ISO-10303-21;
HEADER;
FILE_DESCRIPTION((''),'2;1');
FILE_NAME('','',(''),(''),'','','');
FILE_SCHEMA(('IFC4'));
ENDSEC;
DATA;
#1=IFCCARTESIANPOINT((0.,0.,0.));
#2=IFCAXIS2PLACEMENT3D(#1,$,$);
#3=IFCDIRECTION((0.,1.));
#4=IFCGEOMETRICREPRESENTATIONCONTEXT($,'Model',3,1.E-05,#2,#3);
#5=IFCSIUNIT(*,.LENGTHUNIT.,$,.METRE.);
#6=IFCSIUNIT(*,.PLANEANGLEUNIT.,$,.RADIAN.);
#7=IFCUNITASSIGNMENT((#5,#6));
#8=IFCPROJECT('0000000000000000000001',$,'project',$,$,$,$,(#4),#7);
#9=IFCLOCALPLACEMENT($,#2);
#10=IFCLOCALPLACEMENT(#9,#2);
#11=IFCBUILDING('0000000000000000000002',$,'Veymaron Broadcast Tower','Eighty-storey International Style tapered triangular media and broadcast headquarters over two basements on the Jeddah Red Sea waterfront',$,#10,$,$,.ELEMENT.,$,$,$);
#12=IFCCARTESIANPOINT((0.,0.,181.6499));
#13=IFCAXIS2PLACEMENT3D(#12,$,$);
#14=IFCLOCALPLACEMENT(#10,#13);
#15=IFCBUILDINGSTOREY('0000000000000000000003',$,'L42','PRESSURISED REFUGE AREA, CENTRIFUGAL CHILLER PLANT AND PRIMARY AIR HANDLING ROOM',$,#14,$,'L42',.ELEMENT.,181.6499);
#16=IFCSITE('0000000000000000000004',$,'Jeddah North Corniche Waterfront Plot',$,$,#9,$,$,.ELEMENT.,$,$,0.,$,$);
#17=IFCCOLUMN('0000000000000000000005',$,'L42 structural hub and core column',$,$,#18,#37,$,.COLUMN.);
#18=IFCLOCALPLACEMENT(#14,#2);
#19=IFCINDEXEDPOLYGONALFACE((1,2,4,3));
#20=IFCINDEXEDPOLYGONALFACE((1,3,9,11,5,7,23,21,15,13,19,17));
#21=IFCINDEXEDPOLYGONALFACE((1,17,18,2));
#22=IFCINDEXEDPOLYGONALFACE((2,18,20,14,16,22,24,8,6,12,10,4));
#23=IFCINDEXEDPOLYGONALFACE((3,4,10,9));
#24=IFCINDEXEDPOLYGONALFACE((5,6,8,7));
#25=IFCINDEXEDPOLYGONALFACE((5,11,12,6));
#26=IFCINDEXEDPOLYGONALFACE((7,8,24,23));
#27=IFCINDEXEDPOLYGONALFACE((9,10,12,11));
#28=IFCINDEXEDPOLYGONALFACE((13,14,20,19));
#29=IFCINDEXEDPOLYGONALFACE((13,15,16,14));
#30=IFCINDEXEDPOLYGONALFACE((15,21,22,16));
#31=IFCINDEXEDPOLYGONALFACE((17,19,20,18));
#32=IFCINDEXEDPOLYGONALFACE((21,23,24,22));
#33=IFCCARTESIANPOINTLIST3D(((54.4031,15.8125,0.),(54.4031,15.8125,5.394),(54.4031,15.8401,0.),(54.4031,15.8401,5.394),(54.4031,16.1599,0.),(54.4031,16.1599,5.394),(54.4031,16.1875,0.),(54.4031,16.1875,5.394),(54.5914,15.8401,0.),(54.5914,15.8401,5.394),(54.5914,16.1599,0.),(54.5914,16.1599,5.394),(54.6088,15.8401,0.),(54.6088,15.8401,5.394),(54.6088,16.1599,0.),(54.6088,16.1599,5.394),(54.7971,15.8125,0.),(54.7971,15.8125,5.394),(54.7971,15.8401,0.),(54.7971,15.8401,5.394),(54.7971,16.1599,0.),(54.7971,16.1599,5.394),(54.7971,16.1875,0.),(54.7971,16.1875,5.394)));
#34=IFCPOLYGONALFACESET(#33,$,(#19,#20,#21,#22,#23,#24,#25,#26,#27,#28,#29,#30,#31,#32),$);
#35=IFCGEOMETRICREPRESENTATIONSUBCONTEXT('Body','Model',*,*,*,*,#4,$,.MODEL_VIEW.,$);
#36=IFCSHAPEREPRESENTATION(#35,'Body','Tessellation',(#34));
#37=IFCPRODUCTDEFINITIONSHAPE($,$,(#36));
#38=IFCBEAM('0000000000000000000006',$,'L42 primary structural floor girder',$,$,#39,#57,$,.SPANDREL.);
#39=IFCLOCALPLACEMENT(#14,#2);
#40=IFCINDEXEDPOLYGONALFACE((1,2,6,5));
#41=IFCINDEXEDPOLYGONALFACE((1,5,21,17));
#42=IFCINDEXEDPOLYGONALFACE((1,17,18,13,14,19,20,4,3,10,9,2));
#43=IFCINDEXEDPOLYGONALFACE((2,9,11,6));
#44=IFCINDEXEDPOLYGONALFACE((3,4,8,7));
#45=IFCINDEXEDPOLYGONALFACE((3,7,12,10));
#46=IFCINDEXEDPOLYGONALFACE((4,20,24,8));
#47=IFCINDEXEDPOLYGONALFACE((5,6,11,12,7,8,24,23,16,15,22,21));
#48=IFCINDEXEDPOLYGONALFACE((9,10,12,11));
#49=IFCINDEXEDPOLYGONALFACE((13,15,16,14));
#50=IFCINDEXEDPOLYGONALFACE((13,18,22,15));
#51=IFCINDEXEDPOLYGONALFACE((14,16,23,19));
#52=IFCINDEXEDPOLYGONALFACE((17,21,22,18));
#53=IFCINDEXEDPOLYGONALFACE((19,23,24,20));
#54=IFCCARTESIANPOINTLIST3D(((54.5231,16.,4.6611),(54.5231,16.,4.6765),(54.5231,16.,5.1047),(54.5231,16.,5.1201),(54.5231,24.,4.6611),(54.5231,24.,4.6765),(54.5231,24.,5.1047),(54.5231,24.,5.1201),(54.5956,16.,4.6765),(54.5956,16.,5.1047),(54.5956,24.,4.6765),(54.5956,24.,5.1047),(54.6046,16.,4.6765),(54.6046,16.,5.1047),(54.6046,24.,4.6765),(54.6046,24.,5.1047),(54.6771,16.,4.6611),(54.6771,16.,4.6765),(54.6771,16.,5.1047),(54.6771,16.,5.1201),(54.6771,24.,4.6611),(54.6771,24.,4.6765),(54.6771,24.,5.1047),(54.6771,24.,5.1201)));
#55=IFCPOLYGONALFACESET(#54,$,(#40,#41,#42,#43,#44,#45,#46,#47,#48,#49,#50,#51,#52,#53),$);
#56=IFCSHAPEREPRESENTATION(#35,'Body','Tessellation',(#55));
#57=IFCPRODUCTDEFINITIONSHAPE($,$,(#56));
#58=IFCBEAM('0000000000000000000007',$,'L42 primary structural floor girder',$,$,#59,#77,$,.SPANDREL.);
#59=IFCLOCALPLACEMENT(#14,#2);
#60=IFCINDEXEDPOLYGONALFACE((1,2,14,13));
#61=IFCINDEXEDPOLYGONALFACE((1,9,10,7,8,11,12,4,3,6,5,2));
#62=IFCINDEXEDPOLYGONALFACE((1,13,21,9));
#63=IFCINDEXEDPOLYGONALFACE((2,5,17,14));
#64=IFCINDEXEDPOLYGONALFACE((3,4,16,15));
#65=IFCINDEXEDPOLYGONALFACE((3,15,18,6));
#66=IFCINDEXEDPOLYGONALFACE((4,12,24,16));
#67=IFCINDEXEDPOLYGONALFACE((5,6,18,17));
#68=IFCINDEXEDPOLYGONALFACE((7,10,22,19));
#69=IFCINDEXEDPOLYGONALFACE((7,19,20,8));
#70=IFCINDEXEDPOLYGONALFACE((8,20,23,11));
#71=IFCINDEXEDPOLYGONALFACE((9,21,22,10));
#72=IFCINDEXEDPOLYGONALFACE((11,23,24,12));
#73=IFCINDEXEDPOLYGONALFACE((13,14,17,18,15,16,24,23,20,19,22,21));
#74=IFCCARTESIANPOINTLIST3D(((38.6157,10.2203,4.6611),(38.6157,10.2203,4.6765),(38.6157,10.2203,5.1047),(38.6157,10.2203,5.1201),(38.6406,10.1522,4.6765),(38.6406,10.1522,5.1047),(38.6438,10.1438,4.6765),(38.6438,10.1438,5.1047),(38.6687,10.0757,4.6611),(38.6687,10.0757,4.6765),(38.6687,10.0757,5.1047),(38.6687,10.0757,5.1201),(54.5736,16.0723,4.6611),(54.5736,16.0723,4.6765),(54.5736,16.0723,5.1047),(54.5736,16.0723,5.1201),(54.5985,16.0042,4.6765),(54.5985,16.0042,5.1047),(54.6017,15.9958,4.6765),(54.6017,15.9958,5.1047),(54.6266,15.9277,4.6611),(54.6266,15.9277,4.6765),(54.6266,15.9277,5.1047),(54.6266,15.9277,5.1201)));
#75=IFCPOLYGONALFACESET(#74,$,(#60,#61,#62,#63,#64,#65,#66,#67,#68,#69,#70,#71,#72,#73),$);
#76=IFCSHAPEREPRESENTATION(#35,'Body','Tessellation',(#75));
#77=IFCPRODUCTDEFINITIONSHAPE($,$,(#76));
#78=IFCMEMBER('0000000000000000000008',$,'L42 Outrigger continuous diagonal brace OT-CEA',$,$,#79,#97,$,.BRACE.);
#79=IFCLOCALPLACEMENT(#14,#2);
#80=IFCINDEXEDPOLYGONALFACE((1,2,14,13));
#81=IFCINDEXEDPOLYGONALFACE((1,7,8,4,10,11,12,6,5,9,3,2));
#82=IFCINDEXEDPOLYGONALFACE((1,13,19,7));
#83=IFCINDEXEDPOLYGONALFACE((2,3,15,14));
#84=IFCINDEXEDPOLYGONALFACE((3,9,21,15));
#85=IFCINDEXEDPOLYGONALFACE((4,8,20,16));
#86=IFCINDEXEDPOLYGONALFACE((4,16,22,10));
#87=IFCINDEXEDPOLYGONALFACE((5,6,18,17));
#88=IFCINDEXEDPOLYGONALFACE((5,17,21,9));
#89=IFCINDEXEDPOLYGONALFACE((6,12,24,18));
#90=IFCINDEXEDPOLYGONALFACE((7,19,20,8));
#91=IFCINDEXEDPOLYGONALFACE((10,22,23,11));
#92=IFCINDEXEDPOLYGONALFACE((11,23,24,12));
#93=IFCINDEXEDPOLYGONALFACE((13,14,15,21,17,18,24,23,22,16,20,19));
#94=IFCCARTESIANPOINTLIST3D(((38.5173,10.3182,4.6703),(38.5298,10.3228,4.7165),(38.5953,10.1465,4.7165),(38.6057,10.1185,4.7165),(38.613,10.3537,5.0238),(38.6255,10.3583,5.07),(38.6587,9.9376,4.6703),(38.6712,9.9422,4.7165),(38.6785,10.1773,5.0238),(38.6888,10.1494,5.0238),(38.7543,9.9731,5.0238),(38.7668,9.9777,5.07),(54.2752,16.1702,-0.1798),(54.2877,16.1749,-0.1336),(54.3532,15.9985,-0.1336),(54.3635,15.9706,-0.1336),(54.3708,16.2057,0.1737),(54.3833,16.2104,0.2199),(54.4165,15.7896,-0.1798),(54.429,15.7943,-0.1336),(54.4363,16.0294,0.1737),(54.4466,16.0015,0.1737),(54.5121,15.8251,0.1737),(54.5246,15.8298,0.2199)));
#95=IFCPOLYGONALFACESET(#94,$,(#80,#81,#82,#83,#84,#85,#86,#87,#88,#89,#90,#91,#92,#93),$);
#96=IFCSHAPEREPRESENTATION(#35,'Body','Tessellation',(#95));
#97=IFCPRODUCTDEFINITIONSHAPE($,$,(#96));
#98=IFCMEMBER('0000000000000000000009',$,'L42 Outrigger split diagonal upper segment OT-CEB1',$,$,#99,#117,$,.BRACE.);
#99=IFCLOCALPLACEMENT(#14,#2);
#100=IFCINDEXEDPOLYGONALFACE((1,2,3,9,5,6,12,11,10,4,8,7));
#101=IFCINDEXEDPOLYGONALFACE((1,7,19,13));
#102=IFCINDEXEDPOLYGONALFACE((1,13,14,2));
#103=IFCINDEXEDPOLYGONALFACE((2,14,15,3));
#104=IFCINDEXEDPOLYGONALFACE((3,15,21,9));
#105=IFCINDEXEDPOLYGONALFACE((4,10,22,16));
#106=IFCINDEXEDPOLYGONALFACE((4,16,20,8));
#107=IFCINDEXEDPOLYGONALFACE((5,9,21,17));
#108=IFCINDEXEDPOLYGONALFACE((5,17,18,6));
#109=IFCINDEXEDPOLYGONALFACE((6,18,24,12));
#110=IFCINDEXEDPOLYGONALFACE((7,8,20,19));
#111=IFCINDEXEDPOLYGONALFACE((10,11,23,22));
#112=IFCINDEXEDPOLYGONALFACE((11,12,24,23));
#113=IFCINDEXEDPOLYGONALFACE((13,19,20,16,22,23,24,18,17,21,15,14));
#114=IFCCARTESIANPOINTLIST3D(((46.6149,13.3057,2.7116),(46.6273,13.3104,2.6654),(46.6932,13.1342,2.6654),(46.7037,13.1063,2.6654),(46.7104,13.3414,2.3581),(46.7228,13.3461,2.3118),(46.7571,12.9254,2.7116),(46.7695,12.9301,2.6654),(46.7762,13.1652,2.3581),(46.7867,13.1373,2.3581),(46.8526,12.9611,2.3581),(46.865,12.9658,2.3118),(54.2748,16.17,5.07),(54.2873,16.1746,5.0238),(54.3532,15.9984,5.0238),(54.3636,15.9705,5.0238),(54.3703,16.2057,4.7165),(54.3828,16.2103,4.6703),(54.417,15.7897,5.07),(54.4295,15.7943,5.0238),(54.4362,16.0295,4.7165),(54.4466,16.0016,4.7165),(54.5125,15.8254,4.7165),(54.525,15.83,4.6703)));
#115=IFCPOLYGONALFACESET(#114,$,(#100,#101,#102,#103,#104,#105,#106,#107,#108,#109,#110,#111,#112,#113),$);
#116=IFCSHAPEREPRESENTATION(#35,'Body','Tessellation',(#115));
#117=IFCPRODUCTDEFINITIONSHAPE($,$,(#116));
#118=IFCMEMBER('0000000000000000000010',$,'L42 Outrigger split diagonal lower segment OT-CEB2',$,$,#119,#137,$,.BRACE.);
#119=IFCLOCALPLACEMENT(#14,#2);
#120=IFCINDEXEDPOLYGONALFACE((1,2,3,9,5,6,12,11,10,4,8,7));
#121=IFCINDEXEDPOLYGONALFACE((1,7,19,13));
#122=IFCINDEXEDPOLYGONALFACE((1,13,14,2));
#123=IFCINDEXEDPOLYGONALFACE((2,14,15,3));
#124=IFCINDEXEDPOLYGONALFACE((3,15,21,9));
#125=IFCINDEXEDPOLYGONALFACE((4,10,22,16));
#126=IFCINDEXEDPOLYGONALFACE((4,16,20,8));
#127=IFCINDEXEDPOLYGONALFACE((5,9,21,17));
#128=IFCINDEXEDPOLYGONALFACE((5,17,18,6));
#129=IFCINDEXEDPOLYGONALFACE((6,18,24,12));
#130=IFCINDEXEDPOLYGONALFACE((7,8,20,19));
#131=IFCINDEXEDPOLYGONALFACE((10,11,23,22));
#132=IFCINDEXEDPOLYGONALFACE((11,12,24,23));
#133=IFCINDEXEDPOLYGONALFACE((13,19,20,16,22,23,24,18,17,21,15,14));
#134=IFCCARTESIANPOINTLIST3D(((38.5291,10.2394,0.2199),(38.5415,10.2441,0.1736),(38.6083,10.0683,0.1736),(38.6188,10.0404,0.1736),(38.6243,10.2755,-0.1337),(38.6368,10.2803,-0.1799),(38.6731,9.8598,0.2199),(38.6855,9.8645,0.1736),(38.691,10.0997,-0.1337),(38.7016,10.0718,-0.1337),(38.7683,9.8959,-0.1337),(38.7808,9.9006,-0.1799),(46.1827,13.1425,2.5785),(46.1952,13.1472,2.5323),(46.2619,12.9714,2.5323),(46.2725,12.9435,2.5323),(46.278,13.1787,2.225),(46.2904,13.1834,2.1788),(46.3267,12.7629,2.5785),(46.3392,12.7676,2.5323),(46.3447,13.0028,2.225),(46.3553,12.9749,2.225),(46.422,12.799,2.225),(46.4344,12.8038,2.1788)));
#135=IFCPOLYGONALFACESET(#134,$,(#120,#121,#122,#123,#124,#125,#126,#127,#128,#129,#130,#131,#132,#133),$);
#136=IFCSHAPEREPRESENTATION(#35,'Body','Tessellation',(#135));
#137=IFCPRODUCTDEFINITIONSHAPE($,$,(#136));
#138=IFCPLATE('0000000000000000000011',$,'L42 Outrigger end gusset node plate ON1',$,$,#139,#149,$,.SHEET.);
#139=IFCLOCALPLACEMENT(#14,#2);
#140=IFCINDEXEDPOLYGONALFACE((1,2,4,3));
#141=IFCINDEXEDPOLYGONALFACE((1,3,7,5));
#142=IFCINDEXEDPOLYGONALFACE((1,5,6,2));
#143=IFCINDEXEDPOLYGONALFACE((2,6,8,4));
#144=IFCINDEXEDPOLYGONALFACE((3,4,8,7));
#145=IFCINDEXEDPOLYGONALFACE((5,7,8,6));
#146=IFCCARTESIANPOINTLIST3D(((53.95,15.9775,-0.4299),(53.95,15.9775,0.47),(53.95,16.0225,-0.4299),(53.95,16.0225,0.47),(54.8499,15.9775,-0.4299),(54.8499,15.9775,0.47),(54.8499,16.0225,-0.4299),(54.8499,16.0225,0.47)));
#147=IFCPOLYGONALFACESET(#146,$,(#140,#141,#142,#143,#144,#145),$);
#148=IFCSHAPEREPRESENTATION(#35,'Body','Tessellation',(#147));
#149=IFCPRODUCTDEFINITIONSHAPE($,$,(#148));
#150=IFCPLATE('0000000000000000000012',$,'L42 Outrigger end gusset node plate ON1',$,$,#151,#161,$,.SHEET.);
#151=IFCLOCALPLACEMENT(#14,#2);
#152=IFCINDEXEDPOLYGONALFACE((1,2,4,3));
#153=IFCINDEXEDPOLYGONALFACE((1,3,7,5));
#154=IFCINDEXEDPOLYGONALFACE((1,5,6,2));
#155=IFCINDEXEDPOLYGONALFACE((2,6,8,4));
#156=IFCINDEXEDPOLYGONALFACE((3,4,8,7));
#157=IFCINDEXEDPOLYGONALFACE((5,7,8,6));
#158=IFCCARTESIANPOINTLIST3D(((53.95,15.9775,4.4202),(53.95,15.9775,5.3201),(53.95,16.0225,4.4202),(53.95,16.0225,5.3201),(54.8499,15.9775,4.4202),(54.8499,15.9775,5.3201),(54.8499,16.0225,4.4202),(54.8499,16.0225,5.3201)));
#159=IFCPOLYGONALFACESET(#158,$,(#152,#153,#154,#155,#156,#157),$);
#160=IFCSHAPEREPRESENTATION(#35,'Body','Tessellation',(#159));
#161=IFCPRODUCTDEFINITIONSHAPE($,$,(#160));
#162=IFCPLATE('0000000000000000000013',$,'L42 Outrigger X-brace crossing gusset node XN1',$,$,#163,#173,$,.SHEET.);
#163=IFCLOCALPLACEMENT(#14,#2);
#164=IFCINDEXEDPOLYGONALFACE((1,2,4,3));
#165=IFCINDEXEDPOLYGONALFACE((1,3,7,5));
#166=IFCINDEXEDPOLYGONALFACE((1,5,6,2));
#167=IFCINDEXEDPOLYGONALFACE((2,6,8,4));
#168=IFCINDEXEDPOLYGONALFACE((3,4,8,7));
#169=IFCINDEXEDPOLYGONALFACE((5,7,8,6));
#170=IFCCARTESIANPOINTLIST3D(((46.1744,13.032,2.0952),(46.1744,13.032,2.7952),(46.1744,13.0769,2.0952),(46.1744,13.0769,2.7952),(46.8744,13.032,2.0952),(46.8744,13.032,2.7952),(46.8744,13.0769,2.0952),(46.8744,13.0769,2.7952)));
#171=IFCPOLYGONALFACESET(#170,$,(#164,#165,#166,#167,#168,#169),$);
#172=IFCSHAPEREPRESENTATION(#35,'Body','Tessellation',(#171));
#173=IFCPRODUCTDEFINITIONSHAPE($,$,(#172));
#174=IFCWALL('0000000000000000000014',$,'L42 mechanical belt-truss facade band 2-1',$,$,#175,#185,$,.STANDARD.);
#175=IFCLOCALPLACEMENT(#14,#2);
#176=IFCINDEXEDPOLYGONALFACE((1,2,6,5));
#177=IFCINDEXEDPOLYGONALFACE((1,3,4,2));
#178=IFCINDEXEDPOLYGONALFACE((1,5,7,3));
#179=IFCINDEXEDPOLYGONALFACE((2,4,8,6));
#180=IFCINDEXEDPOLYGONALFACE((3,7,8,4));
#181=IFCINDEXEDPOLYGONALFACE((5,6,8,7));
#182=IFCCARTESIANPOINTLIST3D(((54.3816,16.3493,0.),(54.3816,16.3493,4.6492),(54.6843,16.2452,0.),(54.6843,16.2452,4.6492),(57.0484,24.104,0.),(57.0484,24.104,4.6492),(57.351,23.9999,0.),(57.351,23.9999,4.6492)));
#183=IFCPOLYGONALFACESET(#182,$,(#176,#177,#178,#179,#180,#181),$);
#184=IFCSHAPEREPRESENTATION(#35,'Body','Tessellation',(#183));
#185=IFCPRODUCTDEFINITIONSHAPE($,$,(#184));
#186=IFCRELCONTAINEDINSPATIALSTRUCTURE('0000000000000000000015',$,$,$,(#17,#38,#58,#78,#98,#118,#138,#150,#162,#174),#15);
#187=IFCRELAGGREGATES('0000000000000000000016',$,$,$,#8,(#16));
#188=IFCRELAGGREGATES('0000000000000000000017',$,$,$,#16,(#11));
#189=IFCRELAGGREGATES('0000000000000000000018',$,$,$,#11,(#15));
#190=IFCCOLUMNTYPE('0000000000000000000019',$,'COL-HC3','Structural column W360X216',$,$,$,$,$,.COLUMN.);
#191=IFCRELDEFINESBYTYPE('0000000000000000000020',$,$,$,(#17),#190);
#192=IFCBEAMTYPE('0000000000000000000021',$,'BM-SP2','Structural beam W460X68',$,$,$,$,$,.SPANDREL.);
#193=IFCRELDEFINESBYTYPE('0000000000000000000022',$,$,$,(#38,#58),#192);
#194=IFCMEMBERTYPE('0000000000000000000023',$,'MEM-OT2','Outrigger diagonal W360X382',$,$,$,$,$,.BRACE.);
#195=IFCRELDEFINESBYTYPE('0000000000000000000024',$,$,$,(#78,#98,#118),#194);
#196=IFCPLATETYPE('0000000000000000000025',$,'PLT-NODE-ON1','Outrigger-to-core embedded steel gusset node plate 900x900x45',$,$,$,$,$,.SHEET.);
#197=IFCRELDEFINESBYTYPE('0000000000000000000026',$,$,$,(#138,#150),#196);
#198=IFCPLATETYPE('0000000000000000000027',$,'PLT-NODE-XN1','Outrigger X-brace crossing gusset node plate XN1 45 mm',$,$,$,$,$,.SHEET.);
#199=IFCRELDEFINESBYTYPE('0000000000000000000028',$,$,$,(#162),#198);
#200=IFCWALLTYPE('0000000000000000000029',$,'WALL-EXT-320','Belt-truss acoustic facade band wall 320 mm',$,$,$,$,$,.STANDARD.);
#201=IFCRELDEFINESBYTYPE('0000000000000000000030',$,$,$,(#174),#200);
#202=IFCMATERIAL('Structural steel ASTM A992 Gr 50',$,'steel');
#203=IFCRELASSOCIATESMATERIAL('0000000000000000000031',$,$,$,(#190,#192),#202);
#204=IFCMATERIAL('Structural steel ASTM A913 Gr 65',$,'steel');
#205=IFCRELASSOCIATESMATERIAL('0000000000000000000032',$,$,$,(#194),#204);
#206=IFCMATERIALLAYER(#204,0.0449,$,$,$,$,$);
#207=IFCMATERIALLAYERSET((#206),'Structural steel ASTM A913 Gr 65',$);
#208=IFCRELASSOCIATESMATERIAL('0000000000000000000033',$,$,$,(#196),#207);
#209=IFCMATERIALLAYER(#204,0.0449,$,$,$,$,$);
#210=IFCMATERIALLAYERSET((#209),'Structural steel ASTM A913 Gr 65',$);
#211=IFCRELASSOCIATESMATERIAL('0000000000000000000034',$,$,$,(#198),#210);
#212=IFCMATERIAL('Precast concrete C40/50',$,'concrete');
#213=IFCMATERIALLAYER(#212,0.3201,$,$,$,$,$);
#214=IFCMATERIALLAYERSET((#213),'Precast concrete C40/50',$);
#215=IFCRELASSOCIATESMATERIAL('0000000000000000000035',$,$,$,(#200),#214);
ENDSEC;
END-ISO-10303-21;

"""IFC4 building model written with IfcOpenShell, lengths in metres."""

from ifc_helpers import new_model, si_unit, direction, frame, frame_2d, origin, origin_2d, place, context, subcontext, project, spatial, rectangle, i_section, extrude, material, layer, layer_set, material_profile, profile_set, type_object, element, save


model = new_model("IFC4")

# Units and contexts
model_context = context("Model", 3, precision=1e-05, world=origin(), true_north=direction((0.0, 1.0)))
body_context = subcontext(model_context, "Body", "Model", "MODEL_VIEW")
ifc_project = project(units=[si_unit("LENGTHUNIT", "METRE"), si_unit("PLANEANGLEUNIT", "RADIAN")], contexts=[model_context])

# Site, building, storey
site_placement = place(None, origin())
site = spatial("IfcSite", under=ifc_project, at=site_placement, Name="Jeddah North Corniche Waterfront Plot", CompositionType="ELEMENT", RefElevation=0.0)
building_placement = place(site_placement, origin())
building = spatial("IfcBuilding", under=site, at=building_placement, Name="Veymaron Broadcast Tower", Description="Eighty-storey International Style tapered triangular media and broadcast headquarters over two basements on the Jeddah Red Sea waterfront", CompositionType="ELEMENT")
storey_placement = place(building_placement, frame((0.0, 0.0, 181.6499)))
storey = spatial("IfcBuildingStorey", under=building, at=storey_placement, Name="L42", Description="PRESSURISED REFUGE AREA, CENTRIFUGAL CHILLER PLANT AND PRIMARY AIR HANDLING ROOM", LongName="L42", CompositionType="ELEMENT", Elevation=181.6499)

# Column
ifc_material_1 = material(Name="Structural steel ASTM A992 Gr 50", Category="steel")
ifc_material_profile_1 = material_profile(ifc_material_1, i_section(OverallWidth=0.394, OverallDepth=0.375, WebThickness=0.0173, FlangeThickness=0.0276, at=origin_2d()), Name="W360X216")
ifc_profile_set_1 = profile_set([ifc_material_profile_1], Name="Structural steel ASTM A992 Gr 50")
column_type = type_object("IfcColumnType", Name="COL-HC3", Description="Structural column W360X216", PredefinedType="COLUMN", material=ifc_profile_set_1)
column_placement = place(storey_placement, frame((54.6001, 16.0, 0.0), z_axis=(0.0, 0.0, 1.0), x_axis=(1.0, 0.0, 0.0)))
element("IfcColumn", 1, at=column_placement, inside=storey, type_object=column_type, Name="L42 structural hub and core column", PredefinedType="COLUMN", context=body_context, shape_type="SweptSolid", body=[
    extrude(i_section(OverallWidth=0.394, OverallDepth=0.375, WebThickness=0.0173, FlangeThickness=0.0276, at=origin_2d()), origin(), (0.0, 0.0, 1.0), 5.394),
])

# Beams
ifc_material_profile_2 = material_profile(ifc_material_1, i_section(OverallWidth=0.1541, OverallDepth=0.459, WebThickness=0.009, FlangeThickness=0.0154, at=origin_2d()), Name="W460X68")
ifc_profile_set_2 = profile_set([ifc_material_profile_2], Name="Structural steel ASTM A992 Gr 50")
beam_type = type_object("IfcBeamType", Name="BM-SP2", Description="Structural beam W460X68", PredefinedType="SPANDREL", material=ifc_profile_set_2)
beam_1_placement = place(storey_placement, frame((54.6001, 16.0, 4.8906), z_axis=(0.0, 1.0, 0.0), x_axis=(-1.0, 0.0, 0.0)))
element("IfcBeam", 2, at=beam_1_placement, inside=storey, type_object=beam_type, Name="L42 primary structural floor girder", PredefinedType="SPANDREL", context=body_context, shape_type="SweptSolid", body=[
    extrude(i_section(OverallWidth=0.1541, OverallDepth=0.459, WebThickness=0.009, FlangeThickness=0.0154, at=origin_2d()), origin(), (0.0, 0.0, 1.0), 8.0),
])
beam_2_placement = place(storey_placement, frame((54.6001, 16.0, 4.8906), z_axis=(-0.938861, -0.344295, 0.0), x_axis=(0.344295, -0.938861, 0.0)))
element("IfcBeam", 3, at=beam_2_placement, inside=storey, type_object=beam_type, Name="L42 primary structural floor girder", PredefinedType="SPANDREL", context=body_context, shape_type="SweptSolid", body=[
    extrude(i_section(OverallWidth=0.1541, OverallDepth=0.459, WebThickness=0.009, FlangeThickness=0.0154, at=origin_2d()), origin(), (0.0, 0.0, 1.0), 16.9971),
])

# Members
ifc_material_2 = material(Name="Structural steel ASTM A913 Gr 65", Category="steel")
ifc_material_profile_3 = material_profile(ifc_material_2, i_section(OverallWidth=0.406, OverallDepth=0.416, WebThickness=0.0298, FlangeThickness=0.0481, at=origin_2d()), Name="W360X382")
ifc_profile_set_3 = profile_set([ifc_material_profile_3], Name="Structural steel ASTM A913 Gr 65")
member_type = type_object("IfcMemberType", Name="MEM-OT2", Description="Outrigger diagonal W360X382", PredefinedType="BRACE", material=ifc_profile_set_3)
member_1_placement = place(storey_placement, frame((54.3999, 16.0, 0.02), z_axis=(-0.900699, -0.334497, 0.277226), x_axis=(0.348142, -0.937442, 0.0)))
element("IfcMember", 4, at=member_1_placement, inside=storey, type_object=member_type, Name="L42 Outrigger continuous diagonal brace OT-CEA", PredefinedType="BRACE", context=body_context, shape_type="SweptSolid", body=[
    extrude(i_section(OverallWidth=0.406, OverallDepth=0.416, WebThickness=0.0298, FlangeThickness=0.0481, at=origin_2d()), origin(), (0.0, 0.0, 1.0), 17.4951),
])
member_2_placement = place(storey_placement, frame((54.3999, 16.0, 4.8701), z_axis=(-0.899982, -0.336529, -0.277094), x_axis=(0.350243, -0.936659, 0.0)))
element("IfcMember", 5, at=member_2_placement, inside=storey, type_object=member_type, Name="L42 Outrigger split diagonal upper segment OT-CEB1", PredefinedType="BRACE", context=body_context, shape_type="SweptSolid", body=[
    extrude(i_section(OverallWidth=0.406, OverallDepth=0.416, WebThickness=0.0298, FlangeThickness=0.0481, at=origin_2d()), origin(), (0.0, 0.0, 1.0), 8.5112),
])
member_3_placement = place(storey_placement, frame((46.3086, 12.9731, 2.3787), z_axis=(-0.898444, -0.340789, -0.276879), x_axis=(0.354654, -0.934998, 0.0)))
element("IfcMember", 6, at=member_3_placement, inside=storey, type_object=member_type, Name="L42 Outrigger split diagonal lower segment OT-CEB2", PredefinedType="BRACE", context=body_context, shape_type="SweptSolid", body=[
    extrude(i_section(OverallWidth=0.406, OverallDepth=0.416, WebThickness=0.0298, FlangeThickness=0.0481, at=origin_2d()), origin(), (0.0, 0.0, 1.0), 8.5188),
])

# Plates
ifc_layer_1 = layer(ifc_material_2, 0.0449)
ifc_layer_set_1 = layer_set([ifc_layer_1], Name="Structural steel ASTM A913 Gr 65")
plate_type_1 = type_object("IfcPlateType", Name="PLT-NODE-ON1", Description="Outrigger-to-core embedded steel gusset node plate 900x900x45", PredefinedType="SHEET", material=ifc_layer_set_1)
for number, where, z_axis, x_axis, name in (
    (7, (54.3999, 16.0, -0.4299), (0.0, 0.0, 1.0), (1.0, 0.0, 0.0), "L42 Outrigger end gusset node plate ON1"),
    (8, (54.3999, 16.0, 4.4202), (0.0, 0.0, 1.0), (1.0, 0.0, 0.0), "L42 Outrigger end gusset node plate ON1"),
):
    element("IfcPlate", number, at=place(storey_placement, frame(where, z_axis=z_axis, x_axis=x_axis)), inside=storey, type_object=plate_type_1, Name=name, PredefinedType="SHEET", context=body_context, shape_type="SweptSolid", body=[
        extrude(rectangle(XDim=0.8999, YDim=0.0449, at=origin_2d()), origin(), (0.0, 0.0, 1.0), 0.8999),
    ])
ifc_layer_2 = layer(ifc_material_2, 0.0449)
ifc_layer_set_2 = layer_set([ifc_layer_2], Name="Structural steel ASTM A913 Gr 65")
plate_type_2 = type_object("IfcPlateType", Name="PLT-NODE-XN1", Description="Outrigger X-brace crossing gusset node plate XN1 45 mm", PredefinedType="SHEET", material=ifc_layer_set_2)
plate_placement = place(storey_placement, frame((46.5244, 13.0544, 2.0952), z_axis=(0.0, 0.0, 1.0), x_axis=(1.0, 0.0, 0.0)))
element("IfcPlate", 9, at=plate_placement, inside=storey, type_object=plate_type_2, Name="L42 Outrigger X-brace crossing gusset node XN1", PredefinedType="SHEET", context=body_context, shape_type="SweptSolid", body=[
    extrude(rectangle(XDim=0.7, YDim=0.0449, at=origin_2d()), origin(), (0.0, 0.0, 1.0), 0.7),
])

# Wall
ifc_material_3 = material(Name="Precast concrete C40/50", Category="concrete")
ifc_layer_3 = layer(ifc_material_3, 0.3201)
ifc_layer_set_3 = layer_set([ifc_layer_3], Name="Precast concrete C40/50")
wall_type_1 = type_object("IfcWallType", Name="WALL-EXT-320", Description="Belt-truss acoustic facade band wall 320 mm", PredefinedType="STANDARD", material=ifc_layer_set_3)
wall_1_placement = place(storey_placement, frame((54.533, 16.2974, 0.0), z_axis=(0.0, 0.0, 1.0), x_axis=(0.325199, 0.945646, 0.0)))
element("IfcWall", 10, at=wall_1_placement, inside=storey, type_object=wall_type_1, Name="L42 mechanical belt-truss facade band 2-1", PredefinedType="STANDARD", context=body_context, shape_type="SweptSolid", body=[
    extrude(rectangle(XDim=8.2004, YDim=0.3201, at=frame_2d((4.1001, 0.0))), origin(), (0.0, 0.0, 1.0), 4.6492),
])

save(model, "model.ifc")
